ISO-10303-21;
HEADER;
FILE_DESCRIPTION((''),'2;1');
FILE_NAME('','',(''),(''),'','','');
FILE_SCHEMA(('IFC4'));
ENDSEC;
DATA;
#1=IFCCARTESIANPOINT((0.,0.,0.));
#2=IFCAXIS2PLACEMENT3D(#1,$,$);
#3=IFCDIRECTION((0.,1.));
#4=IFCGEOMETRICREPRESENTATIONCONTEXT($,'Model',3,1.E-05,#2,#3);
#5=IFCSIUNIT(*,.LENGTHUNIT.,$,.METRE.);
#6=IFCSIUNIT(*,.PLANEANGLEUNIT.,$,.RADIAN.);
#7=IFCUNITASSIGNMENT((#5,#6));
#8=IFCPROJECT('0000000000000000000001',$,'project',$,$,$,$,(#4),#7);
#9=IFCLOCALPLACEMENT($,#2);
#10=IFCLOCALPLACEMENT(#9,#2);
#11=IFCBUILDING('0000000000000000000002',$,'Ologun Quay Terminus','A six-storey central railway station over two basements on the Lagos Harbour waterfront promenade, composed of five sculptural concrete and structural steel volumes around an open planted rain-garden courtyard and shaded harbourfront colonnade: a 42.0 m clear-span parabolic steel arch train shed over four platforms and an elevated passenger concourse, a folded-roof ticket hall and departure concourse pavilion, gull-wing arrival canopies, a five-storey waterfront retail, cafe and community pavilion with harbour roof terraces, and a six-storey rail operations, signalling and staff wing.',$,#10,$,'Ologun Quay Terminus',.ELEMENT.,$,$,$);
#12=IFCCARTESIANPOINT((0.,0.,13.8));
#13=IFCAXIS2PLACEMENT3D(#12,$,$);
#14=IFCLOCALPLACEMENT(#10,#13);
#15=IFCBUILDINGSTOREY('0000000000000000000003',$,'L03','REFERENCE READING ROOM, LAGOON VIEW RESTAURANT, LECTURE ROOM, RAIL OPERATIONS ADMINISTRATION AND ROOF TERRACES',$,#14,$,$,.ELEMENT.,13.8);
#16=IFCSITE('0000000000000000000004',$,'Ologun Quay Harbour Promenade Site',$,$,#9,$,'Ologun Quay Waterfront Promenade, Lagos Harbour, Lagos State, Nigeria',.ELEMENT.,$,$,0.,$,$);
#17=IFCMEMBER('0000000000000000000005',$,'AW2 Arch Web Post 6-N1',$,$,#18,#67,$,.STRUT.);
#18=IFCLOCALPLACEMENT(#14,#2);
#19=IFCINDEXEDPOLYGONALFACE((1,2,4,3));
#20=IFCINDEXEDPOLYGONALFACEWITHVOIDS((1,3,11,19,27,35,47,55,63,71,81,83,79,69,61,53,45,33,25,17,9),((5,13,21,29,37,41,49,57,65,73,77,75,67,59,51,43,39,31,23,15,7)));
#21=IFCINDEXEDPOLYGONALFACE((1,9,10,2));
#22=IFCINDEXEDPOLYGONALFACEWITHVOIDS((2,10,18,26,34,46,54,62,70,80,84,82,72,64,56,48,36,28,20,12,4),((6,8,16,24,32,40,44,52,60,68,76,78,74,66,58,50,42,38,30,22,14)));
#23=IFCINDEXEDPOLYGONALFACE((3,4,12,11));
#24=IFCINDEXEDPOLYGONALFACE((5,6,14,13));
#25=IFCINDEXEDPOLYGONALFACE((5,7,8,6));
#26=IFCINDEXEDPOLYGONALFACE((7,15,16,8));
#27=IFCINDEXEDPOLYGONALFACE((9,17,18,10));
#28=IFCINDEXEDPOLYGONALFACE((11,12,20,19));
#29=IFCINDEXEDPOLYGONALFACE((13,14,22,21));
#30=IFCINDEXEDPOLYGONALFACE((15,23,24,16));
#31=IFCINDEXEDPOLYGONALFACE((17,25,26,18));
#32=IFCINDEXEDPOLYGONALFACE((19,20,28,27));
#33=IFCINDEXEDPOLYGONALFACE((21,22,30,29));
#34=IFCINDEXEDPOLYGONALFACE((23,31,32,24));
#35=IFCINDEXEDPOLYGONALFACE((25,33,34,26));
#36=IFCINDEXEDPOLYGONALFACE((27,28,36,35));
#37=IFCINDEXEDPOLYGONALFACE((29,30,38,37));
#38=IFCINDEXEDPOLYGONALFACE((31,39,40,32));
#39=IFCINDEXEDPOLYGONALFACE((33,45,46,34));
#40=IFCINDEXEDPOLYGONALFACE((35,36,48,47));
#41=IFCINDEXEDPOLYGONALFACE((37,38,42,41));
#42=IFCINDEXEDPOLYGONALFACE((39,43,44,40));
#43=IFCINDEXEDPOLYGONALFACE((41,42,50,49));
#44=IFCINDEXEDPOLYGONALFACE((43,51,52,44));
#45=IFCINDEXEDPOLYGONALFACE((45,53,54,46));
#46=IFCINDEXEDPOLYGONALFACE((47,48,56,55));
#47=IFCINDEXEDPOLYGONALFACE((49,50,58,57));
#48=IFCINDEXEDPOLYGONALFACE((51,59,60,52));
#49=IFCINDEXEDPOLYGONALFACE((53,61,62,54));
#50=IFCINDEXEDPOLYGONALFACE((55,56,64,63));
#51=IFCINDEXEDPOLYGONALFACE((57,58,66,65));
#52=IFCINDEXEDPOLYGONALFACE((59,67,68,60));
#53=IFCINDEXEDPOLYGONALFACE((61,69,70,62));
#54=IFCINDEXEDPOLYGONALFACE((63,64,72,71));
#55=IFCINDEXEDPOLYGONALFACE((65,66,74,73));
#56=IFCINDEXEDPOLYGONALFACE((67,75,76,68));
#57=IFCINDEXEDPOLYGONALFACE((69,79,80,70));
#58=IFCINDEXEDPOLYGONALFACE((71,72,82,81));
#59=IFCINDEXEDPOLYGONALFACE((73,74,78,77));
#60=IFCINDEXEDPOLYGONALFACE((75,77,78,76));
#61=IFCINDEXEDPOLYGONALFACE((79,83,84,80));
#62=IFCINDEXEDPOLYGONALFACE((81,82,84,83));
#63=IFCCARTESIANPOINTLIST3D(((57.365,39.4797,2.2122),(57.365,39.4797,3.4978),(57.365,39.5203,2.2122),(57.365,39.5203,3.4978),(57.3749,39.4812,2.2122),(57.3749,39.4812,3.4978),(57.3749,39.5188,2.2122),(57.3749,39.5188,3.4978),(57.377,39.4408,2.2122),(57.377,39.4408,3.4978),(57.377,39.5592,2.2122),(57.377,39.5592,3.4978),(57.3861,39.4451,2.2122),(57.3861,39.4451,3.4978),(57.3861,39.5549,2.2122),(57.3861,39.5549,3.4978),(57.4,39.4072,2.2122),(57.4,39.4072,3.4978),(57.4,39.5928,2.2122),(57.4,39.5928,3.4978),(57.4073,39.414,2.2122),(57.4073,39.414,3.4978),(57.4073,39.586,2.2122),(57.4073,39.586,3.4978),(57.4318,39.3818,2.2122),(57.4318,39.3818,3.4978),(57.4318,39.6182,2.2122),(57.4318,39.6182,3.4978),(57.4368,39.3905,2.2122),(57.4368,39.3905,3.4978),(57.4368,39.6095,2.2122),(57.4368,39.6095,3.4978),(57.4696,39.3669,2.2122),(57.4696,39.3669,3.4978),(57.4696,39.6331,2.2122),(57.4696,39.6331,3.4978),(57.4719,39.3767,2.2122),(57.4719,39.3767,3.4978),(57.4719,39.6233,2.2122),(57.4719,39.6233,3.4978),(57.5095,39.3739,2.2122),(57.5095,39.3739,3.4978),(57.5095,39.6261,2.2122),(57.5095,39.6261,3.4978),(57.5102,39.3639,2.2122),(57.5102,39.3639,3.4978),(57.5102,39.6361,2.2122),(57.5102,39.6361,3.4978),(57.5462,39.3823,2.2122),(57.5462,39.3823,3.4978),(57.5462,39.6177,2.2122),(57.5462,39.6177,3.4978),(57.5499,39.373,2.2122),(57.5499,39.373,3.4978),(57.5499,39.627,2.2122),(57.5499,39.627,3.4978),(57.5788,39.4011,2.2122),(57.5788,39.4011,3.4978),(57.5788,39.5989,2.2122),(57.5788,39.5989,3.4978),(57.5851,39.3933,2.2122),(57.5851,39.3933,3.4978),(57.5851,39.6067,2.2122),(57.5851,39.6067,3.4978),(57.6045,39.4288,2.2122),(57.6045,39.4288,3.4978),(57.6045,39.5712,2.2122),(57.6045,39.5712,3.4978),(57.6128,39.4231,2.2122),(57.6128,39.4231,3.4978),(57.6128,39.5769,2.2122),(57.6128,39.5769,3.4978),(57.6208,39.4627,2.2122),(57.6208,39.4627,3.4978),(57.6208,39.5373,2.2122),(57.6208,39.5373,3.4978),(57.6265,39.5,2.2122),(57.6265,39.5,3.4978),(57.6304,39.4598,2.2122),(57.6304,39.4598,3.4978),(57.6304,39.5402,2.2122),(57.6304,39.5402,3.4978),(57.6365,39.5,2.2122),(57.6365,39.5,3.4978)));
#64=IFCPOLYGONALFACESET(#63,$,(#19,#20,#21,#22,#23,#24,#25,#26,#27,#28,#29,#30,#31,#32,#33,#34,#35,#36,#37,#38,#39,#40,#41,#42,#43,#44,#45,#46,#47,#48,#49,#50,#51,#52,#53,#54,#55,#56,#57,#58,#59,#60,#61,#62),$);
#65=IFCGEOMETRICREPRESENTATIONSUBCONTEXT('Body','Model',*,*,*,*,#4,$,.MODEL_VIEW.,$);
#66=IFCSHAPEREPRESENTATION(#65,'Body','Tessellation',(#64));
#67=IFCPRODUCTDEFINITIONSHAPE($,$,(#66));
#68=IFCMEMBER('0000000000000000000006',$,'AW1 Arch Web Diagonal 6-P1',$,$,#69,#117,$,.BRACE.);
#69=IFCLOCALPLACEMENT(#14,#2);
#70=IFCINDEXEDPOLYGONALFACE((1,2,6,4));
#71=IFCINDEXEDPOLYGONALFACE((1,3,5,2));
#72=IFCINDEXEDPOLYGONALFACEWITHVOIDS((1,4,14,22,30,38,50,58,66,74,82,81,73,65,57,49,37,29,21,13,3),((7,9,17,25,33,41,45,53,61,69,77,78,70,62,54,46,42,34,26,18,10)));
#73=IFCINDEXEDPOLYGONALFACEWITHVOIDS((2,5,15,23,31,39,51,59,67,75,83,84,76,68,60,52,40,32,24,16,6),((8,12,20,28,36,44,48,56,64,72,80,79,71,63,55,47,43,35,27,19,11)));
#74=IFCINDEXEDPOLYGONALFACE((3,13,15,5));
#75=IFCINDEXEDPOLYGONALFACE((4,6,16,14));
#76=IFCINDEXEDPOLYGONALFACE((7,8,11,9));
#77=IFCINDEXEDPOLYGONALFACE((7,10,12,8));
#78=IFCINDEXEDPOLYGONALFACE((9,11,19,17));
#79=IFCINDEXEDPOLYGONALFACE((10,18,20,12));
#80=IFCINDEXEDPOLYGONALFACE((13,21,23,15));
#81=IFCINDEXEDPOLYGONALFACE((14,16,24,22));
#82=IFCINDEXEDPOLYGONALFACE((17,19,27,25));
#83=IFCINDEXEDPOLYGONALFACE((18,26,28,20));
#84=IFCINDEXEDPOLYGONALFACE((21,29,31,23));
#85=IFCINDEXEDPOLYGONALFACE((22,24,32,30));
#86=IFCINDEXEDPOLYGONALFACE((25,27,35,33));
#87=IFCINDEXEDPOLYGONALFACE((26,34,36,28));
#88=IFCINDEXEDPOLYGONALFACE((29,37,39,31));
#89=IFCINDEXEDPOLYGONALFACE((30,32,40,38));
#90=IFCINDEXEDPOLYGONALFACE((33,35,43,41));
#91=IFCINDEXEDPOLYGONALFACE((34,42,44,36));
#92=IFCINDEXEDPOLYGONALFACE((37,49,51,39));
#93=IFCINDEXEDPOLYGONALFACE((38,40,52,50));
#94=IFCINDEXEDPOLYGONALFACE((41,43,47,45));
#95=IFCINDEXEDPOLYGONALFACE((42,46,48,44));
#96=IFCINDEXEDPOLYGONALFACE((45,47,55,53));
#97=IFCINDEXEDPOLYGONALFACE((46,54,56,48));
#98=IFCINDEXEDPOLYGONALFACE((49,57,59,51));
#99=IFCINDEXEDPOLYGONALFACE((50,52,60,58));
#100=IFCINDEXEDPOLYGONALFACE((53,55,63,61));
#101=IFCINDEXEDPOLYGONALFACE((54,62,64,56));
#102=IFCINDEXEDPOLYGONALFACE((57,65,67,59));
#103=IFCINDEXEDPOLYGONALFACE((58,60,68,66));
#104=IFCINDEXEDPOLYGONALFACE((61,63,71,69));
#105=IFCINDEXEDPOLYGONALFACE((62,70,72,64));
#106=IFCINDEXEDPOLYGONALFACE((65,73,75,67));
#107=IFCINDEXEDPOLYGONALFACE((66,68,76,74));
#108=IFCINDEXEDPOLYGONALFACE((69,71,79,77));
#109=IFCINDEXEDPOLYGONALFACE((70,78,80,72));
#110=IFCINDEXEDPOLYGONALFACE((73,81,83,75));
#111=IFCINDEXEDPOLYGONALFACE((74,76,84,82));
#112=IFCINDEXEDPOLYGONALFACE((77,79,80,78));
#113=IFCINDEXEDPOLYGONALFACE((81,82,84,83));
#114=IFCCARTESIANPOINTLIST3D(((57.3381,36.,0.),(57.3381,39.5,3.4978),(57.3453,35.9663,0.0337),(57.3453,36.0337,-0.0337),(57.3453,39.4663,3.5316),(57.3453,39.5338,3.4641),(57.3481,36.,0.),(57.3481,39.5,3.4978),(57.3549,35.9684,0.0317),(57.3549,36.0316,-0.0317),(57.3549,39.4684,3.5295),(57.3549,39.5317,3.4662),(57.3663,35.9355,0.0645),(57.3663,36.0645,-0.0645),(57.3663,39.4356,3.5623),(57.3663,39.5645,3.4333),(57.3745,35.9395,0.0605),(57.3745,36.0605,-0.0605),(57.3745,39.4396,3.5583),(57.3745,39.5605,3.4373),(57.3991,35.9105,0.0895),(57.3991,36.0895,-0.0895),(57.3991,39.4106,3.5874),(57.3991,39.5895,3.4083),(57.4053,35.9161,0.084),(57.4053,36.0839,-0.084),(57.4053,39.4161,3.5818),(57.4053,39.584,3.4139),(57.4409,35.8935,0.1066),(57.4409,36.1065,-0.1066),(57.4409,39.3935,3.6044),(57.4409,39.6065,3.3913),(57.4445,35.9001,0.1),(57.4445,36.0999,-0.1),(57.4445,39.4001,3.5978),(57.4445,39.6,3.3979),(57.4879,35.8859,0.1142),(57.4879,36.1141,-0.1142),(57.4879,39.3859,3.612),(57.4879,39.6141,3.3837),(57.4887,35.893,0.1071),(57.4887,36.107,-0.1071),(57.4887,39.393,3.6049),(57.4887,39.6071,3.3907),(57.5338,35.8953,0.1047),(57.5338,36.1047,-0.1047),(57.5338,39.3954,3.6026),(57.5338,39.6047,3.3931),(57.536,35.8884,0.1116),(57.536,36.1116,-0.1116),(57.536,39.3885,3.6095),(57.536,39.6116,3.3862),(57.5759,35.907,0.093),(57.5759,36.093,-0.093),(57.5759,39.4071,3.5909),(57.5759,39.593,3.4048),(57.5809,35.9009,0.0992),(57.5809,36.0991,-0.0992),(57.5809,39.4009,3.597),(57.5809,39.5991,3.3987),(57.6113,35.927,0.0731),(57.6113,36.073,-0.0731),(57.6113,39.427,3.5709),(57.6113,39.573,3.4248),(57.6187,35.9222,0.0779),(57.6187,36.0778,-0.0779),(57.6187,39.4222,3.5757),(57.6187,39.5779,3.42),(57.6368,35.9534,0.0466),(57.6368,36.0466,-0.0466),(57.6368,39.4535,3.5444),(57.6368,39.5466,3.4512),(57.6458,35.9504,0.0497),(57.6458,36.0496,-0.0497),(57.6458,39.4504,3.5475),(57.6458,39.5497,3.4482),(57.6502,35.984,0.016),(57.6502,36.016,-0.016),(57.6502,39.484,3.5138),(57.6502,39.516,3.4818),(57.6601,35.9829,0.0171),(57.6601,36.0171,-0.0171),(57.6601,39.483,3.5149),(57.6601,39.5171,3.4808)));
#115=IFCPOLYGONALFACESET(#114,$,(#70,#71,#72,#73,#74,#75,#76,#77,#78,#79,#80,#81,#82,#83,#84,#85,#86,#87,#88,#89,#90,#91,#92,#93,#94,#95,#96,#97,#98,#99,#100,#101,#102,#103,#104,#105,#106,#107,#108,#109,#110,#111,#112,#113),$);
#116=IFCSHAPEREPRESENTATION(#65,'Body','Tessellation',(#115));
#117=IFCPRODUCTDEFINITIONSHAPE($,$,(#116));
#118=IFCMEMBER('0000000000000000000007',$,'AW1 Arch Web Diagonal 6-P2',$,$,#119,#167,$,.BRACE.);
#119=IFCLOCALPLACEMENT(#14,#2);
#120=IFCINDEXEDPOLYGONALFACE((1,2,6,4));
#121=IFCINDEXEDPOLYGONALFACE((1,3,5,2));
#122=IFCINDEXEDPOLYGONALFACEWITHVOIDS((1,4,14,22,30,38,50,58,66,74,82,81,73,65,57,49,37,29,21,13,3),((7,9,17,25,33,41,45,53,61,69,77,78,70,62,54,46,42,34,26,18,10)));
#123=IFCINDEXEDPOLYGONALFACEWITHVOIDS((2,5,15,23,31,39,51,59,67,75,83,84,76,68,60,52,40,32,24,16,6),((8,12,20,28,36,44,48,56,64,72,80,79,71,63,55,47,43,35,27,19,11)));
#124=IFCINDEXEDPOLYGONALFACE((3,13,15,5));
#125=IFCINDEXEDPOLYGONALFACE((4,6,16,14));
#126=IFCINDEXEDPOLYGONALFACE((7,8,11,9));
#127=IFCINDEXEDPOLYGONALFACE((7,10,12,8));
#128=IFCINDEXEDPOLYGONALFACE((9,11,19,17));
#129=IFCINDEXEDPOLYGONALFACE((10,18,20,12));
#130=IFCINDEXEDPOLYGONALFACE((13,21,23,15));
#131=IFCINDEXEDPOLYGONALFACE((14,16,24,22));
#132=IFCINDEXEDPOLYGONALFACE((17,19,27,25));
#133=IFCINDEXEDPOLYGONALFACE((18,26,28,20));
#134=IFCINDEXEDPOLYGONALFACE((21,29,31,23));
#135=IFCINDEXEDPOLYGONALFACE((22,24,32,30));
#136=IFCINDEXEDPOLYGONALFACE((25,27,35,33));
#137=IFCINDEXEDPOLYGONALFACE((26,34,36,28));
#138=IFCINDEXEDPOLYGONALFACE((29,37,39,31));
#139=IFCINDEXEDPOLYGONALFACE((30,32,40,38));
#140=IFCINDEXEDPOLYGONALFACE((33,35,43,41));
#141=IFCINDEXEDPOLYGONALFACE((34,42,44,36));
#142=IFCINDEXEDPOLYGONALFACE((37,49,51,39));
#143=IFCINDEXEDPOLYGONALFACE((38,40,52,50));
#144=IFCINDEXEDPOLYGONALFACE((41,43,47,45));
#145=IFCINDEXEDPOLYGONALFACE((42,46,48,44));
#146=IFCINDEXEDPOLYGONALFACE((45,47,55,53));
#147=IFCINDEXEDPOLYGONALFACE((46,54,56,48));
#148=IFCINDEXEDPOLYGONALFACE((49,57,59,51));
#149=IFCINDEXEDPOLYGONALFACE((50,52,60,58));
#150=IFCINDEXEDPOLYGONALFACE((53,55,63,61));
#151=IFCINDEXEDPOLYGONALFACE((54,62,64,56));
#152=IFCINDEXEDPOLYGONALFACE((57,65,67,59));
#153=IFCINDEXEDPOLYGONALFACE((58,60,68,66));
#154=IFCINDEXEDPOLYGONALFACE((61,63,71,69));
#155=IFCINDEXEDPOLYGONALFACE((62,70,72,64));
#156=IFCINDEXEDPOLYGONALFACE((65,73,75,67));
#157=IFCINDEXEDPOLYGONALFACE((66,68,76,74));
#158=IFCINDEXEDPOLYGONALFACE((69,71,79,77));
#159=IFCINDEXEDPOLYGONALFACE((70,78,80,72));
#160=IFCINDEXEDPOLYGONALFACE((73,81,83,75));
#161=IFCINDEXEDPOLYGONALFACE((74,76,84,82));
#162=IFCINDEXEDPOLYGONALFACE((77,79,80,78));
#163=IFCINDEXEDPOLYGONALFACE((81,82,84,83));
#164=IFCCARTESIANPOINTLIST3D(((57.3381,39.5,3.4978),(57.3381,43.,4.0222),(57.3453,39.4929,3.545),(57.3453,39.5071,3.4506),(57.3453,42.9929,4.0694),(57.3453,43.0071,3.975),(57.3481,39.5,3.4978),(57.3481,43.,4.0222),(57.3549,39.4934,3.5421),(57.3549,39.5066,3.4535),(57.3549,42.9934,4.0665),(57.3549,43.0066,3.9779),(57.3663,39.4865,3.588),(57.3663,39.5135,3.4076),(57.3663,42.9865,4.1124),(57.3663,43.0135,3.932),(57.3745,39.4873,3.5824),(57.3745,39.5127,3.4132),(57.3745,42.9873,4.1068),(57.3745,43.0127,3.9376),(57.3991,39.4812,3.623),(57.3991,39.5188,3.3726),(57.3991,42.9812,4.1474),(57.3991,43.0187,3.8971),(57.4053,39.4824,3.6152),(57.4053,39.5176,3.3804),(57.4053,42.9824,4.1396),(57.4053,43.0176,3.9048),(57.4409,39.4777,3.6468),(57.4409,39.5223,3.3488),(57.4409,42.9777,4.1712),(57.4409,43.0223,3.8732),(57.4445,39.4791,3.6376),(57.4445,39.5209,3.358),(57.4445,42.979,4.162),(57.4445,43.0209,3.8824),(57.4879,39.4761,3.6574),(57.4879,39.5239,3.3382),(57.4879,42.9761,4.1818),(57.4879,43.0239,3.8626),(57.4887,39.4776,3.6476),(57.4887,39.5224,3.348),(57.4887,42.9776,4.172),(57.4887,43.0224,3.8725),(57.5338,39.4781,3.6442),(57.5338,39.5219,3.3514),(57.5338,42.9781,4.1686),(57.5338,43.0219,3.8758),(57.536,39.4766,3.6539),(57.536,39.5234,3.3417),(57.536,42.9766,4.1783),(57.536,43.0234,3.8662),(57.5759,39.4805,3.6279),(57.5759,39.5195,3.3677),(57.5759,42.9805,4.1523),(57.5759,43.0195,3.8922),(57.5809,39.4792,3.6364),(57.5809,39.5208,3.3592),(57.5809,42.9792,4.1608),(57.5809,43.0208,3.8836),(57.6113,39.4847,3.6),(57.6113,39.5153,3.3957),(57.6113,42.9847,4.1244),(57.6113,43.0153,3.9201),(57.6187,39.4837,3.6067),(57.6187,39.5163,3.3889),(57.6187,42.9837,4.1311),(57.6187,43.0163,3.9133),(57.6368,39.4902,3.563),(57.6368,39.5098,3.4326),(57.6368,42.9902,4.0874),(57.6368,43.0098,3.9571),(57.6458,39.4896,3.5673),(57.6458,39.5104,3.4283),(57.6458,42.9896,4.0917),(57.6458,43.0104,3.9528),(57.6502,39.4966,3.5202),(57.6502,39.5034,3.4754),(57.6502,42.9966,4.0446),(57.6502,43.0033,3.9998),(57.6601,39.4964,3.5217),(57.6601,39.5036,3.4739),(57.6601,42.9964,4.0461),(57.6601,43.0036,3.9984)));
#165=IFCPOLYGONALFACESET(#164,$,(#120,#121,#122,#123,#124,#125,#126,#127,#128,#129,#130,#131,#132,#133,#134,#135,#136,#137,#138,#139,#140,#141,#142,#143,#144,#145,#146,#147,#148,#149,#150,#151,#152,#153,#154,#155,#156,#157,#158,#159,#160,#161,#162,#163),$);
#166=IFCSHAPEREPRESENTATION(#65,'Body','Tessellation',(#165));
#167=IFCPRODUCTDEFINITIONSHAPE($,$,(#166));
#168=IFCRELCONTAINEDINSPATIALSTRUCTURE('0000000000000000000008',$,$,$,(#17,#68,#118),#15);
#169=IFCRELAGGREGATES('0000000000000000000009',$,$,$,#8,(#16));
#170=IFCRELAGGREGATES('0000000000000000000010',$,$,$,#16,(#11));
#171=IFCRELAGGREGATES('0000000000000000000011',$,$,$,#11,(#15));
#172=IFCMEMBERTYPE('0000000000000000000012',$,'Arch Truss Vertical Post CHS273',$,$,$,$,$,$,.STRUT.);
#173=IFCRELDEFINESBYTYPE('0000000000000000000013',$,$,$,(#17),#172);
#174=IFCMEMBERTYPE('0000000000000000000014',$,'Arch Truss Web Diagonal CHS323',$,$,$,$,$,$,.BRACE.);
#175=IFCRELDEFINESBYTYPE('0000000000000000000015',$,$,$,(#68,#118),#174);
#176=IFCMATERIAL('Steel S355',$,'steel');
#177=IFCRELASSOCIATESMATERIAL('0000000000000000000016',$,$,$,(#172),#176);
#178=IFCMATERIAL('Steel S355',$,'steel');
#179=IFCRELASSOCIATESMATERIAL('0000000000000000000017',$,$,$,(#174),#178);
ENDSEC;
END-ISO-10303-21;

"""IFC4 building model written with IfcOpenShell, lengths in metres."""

from ifc_helpers import new_model, si_unit, direction, frame, origin, origin_2d, place, context, subcontext, project, spatial, hollow_circle, extrude, material, material_profile, profile_set, type_object, element, save


model = new_model("IFC4")

# Units and contexts
model_context = context("Model", 3, precision=1e-05, world=origin(), true_north=direction((0.0, 1.0)))
body_context = subcontext(model_context, "Body", "Model", "MODEL_VIEW")
ifc_project = project(units=[si_unit("LENGTHUNIT", "METRE"), si_unit("PLANEANGLEUNIT", "RADIAN")], contexts=[model_context])

# Site, building, storey
site_placement = place(None, origin())
site = spatial("IfcSite", under=ifc_project, at=site_placement, Name="Ologun Quay Harbour Promenade Site", LongName="Ologun Quay Waterfront Promenade, Lagos Harbour, Lagos State, Nigeria", CompositionType="ELEMENT", RefElevation=0.0)
building_placement = place(site_placement, origin())
building = spatial("IfcBuilding", under=site, at=building_placement, Name="Ologun Quay Terminus", Description="A six-storey central railway station over two basements on the Lagos Harbour waterfront promenade, composed of five sculptural concrete and structural steel volumes around an open planted rain-garden courtyard and shaded harbourfront colonnade: a 42.0 m clear-span parabolic steel arch train shed over four platforms and an elevated passenger concourse, a folded-roof ticket hall and departure concourse pavilion, gull-wing arrival canopies, a five-storey waterfront retail, cafe and community pavilion with harbour roof terraces, and a six-storey rail operations, signalling and staff wing.", LongName="Ologun Quay Terminus", CompositionType="ELEMENT")
storey_placement = place(building_placement, frame((0.0, 0.0, 13.8)))
storey = spatial("IfcBuildingStorey", under=building, at=storey_placement, Name="L03", Description="REFERENCE READING ROOM, LAGOON VIEW RESTAURANT, LECTURE ROOM, RAIL OPERATIONS ADMINISTRATION AND ROOF TERRACES", CompositionType="ELEMENT", Elevation=13.8)

# Members
ifc_material_1 = material(Name="Steel S355", Category="steel")
ifc_material_profile_1 = material_profile(ifc_material_1, hollow_circle(Radius=0.1365, WallThickness=0.01, at=origin_2d()), Name="CHS 273x10")
ifc_profile_set_1 = profile_set([ifc_material_profile_1], Name="Steel S355")
member_type_1 = type_object("IfcMemberType", Name="Arch Truss Vertical Post CHS273", PredefinedType="STRUT", material=ifc_profile_set_1)
member_1_placement = place(storey_placement, frame((57.5, 39.5, 2.2122), z_axis=(0.0, 0.0, 1.0), x_axis=(1.0, 0.0, 0.0)))
element("IfcMember", 1, at=member_1_placement, inside=storey, type_object=member_type_1, Name="AW2 Arch Web Post 6-N1", PredefinedType="STRUT", context=body_context, shape_type="SweptSolid", body=[
    extrude(hollow_circle(Radius=0.1365, WallThickness=0.01, at=origin_2d()), origin(), (0.0, 0.0, 1.0), 1.2856),
])
ifc_material_2 = material(Name="Steel S355", Category="steel")
ifc_material_profile_2 = material_profile(ifc_material_2, hollow_circle(Radius=0.1619, WallThickness=0.01, at=origin_2d()), Name="CHS 323.9x10")
ifc_profile_set_2 = profile_set([ifc_material_profile_2], Name="Steel S355")
member_type_2 = type_object("IfcMemberType", Name="Arch Truss Web Diagonal CHS323", PredefinedType="BRACE", material=ifc_profile_set_2)
member_2_placement = place(storey_placement, frame((57.5, 36.0, 0.0), z_axis=(0.0, 0.707329, 0.706885), x_axis=(-1.0, 0.0, 0.0)))
element("IfcMember", 2, at=member_2_placement, inside=storey, type_object=member_type_2, Name="AW1 Arch Web Diagonal 6-P1", PredefinedType="BRACE", context=body_context, shape_type="SweptSolid", body=[
    extrude(hollow_circle(Radius=0.1619, WallThickness=0.01, at=origin_2d()), origin(), (0.0, 0.0, 1.0), 4.9482),
])
member_3_placement = place(storey_placement, frame((57.5, 39.5, 3.4978), z_axis=(0.0, 0.988961, 0.148179), x_axis=(-1.0, 0.0, 0.0)))
element("IfcMember", 3, at=member_3_placement, inside=storey, type_object=member_type_2, Name="AW1 Arch Web Diagonal 6-P2", PredefinedType="BRACE", context=body_context, shape_type="SweptSolid", body=[
    extrude(hollow_circle(Radius=0.1619, WallThickness=0.01, at=origin_2d()), origin(), (0.0, 0.0, 1.0), 3.5391),
])

save(model, "model.ifc")
